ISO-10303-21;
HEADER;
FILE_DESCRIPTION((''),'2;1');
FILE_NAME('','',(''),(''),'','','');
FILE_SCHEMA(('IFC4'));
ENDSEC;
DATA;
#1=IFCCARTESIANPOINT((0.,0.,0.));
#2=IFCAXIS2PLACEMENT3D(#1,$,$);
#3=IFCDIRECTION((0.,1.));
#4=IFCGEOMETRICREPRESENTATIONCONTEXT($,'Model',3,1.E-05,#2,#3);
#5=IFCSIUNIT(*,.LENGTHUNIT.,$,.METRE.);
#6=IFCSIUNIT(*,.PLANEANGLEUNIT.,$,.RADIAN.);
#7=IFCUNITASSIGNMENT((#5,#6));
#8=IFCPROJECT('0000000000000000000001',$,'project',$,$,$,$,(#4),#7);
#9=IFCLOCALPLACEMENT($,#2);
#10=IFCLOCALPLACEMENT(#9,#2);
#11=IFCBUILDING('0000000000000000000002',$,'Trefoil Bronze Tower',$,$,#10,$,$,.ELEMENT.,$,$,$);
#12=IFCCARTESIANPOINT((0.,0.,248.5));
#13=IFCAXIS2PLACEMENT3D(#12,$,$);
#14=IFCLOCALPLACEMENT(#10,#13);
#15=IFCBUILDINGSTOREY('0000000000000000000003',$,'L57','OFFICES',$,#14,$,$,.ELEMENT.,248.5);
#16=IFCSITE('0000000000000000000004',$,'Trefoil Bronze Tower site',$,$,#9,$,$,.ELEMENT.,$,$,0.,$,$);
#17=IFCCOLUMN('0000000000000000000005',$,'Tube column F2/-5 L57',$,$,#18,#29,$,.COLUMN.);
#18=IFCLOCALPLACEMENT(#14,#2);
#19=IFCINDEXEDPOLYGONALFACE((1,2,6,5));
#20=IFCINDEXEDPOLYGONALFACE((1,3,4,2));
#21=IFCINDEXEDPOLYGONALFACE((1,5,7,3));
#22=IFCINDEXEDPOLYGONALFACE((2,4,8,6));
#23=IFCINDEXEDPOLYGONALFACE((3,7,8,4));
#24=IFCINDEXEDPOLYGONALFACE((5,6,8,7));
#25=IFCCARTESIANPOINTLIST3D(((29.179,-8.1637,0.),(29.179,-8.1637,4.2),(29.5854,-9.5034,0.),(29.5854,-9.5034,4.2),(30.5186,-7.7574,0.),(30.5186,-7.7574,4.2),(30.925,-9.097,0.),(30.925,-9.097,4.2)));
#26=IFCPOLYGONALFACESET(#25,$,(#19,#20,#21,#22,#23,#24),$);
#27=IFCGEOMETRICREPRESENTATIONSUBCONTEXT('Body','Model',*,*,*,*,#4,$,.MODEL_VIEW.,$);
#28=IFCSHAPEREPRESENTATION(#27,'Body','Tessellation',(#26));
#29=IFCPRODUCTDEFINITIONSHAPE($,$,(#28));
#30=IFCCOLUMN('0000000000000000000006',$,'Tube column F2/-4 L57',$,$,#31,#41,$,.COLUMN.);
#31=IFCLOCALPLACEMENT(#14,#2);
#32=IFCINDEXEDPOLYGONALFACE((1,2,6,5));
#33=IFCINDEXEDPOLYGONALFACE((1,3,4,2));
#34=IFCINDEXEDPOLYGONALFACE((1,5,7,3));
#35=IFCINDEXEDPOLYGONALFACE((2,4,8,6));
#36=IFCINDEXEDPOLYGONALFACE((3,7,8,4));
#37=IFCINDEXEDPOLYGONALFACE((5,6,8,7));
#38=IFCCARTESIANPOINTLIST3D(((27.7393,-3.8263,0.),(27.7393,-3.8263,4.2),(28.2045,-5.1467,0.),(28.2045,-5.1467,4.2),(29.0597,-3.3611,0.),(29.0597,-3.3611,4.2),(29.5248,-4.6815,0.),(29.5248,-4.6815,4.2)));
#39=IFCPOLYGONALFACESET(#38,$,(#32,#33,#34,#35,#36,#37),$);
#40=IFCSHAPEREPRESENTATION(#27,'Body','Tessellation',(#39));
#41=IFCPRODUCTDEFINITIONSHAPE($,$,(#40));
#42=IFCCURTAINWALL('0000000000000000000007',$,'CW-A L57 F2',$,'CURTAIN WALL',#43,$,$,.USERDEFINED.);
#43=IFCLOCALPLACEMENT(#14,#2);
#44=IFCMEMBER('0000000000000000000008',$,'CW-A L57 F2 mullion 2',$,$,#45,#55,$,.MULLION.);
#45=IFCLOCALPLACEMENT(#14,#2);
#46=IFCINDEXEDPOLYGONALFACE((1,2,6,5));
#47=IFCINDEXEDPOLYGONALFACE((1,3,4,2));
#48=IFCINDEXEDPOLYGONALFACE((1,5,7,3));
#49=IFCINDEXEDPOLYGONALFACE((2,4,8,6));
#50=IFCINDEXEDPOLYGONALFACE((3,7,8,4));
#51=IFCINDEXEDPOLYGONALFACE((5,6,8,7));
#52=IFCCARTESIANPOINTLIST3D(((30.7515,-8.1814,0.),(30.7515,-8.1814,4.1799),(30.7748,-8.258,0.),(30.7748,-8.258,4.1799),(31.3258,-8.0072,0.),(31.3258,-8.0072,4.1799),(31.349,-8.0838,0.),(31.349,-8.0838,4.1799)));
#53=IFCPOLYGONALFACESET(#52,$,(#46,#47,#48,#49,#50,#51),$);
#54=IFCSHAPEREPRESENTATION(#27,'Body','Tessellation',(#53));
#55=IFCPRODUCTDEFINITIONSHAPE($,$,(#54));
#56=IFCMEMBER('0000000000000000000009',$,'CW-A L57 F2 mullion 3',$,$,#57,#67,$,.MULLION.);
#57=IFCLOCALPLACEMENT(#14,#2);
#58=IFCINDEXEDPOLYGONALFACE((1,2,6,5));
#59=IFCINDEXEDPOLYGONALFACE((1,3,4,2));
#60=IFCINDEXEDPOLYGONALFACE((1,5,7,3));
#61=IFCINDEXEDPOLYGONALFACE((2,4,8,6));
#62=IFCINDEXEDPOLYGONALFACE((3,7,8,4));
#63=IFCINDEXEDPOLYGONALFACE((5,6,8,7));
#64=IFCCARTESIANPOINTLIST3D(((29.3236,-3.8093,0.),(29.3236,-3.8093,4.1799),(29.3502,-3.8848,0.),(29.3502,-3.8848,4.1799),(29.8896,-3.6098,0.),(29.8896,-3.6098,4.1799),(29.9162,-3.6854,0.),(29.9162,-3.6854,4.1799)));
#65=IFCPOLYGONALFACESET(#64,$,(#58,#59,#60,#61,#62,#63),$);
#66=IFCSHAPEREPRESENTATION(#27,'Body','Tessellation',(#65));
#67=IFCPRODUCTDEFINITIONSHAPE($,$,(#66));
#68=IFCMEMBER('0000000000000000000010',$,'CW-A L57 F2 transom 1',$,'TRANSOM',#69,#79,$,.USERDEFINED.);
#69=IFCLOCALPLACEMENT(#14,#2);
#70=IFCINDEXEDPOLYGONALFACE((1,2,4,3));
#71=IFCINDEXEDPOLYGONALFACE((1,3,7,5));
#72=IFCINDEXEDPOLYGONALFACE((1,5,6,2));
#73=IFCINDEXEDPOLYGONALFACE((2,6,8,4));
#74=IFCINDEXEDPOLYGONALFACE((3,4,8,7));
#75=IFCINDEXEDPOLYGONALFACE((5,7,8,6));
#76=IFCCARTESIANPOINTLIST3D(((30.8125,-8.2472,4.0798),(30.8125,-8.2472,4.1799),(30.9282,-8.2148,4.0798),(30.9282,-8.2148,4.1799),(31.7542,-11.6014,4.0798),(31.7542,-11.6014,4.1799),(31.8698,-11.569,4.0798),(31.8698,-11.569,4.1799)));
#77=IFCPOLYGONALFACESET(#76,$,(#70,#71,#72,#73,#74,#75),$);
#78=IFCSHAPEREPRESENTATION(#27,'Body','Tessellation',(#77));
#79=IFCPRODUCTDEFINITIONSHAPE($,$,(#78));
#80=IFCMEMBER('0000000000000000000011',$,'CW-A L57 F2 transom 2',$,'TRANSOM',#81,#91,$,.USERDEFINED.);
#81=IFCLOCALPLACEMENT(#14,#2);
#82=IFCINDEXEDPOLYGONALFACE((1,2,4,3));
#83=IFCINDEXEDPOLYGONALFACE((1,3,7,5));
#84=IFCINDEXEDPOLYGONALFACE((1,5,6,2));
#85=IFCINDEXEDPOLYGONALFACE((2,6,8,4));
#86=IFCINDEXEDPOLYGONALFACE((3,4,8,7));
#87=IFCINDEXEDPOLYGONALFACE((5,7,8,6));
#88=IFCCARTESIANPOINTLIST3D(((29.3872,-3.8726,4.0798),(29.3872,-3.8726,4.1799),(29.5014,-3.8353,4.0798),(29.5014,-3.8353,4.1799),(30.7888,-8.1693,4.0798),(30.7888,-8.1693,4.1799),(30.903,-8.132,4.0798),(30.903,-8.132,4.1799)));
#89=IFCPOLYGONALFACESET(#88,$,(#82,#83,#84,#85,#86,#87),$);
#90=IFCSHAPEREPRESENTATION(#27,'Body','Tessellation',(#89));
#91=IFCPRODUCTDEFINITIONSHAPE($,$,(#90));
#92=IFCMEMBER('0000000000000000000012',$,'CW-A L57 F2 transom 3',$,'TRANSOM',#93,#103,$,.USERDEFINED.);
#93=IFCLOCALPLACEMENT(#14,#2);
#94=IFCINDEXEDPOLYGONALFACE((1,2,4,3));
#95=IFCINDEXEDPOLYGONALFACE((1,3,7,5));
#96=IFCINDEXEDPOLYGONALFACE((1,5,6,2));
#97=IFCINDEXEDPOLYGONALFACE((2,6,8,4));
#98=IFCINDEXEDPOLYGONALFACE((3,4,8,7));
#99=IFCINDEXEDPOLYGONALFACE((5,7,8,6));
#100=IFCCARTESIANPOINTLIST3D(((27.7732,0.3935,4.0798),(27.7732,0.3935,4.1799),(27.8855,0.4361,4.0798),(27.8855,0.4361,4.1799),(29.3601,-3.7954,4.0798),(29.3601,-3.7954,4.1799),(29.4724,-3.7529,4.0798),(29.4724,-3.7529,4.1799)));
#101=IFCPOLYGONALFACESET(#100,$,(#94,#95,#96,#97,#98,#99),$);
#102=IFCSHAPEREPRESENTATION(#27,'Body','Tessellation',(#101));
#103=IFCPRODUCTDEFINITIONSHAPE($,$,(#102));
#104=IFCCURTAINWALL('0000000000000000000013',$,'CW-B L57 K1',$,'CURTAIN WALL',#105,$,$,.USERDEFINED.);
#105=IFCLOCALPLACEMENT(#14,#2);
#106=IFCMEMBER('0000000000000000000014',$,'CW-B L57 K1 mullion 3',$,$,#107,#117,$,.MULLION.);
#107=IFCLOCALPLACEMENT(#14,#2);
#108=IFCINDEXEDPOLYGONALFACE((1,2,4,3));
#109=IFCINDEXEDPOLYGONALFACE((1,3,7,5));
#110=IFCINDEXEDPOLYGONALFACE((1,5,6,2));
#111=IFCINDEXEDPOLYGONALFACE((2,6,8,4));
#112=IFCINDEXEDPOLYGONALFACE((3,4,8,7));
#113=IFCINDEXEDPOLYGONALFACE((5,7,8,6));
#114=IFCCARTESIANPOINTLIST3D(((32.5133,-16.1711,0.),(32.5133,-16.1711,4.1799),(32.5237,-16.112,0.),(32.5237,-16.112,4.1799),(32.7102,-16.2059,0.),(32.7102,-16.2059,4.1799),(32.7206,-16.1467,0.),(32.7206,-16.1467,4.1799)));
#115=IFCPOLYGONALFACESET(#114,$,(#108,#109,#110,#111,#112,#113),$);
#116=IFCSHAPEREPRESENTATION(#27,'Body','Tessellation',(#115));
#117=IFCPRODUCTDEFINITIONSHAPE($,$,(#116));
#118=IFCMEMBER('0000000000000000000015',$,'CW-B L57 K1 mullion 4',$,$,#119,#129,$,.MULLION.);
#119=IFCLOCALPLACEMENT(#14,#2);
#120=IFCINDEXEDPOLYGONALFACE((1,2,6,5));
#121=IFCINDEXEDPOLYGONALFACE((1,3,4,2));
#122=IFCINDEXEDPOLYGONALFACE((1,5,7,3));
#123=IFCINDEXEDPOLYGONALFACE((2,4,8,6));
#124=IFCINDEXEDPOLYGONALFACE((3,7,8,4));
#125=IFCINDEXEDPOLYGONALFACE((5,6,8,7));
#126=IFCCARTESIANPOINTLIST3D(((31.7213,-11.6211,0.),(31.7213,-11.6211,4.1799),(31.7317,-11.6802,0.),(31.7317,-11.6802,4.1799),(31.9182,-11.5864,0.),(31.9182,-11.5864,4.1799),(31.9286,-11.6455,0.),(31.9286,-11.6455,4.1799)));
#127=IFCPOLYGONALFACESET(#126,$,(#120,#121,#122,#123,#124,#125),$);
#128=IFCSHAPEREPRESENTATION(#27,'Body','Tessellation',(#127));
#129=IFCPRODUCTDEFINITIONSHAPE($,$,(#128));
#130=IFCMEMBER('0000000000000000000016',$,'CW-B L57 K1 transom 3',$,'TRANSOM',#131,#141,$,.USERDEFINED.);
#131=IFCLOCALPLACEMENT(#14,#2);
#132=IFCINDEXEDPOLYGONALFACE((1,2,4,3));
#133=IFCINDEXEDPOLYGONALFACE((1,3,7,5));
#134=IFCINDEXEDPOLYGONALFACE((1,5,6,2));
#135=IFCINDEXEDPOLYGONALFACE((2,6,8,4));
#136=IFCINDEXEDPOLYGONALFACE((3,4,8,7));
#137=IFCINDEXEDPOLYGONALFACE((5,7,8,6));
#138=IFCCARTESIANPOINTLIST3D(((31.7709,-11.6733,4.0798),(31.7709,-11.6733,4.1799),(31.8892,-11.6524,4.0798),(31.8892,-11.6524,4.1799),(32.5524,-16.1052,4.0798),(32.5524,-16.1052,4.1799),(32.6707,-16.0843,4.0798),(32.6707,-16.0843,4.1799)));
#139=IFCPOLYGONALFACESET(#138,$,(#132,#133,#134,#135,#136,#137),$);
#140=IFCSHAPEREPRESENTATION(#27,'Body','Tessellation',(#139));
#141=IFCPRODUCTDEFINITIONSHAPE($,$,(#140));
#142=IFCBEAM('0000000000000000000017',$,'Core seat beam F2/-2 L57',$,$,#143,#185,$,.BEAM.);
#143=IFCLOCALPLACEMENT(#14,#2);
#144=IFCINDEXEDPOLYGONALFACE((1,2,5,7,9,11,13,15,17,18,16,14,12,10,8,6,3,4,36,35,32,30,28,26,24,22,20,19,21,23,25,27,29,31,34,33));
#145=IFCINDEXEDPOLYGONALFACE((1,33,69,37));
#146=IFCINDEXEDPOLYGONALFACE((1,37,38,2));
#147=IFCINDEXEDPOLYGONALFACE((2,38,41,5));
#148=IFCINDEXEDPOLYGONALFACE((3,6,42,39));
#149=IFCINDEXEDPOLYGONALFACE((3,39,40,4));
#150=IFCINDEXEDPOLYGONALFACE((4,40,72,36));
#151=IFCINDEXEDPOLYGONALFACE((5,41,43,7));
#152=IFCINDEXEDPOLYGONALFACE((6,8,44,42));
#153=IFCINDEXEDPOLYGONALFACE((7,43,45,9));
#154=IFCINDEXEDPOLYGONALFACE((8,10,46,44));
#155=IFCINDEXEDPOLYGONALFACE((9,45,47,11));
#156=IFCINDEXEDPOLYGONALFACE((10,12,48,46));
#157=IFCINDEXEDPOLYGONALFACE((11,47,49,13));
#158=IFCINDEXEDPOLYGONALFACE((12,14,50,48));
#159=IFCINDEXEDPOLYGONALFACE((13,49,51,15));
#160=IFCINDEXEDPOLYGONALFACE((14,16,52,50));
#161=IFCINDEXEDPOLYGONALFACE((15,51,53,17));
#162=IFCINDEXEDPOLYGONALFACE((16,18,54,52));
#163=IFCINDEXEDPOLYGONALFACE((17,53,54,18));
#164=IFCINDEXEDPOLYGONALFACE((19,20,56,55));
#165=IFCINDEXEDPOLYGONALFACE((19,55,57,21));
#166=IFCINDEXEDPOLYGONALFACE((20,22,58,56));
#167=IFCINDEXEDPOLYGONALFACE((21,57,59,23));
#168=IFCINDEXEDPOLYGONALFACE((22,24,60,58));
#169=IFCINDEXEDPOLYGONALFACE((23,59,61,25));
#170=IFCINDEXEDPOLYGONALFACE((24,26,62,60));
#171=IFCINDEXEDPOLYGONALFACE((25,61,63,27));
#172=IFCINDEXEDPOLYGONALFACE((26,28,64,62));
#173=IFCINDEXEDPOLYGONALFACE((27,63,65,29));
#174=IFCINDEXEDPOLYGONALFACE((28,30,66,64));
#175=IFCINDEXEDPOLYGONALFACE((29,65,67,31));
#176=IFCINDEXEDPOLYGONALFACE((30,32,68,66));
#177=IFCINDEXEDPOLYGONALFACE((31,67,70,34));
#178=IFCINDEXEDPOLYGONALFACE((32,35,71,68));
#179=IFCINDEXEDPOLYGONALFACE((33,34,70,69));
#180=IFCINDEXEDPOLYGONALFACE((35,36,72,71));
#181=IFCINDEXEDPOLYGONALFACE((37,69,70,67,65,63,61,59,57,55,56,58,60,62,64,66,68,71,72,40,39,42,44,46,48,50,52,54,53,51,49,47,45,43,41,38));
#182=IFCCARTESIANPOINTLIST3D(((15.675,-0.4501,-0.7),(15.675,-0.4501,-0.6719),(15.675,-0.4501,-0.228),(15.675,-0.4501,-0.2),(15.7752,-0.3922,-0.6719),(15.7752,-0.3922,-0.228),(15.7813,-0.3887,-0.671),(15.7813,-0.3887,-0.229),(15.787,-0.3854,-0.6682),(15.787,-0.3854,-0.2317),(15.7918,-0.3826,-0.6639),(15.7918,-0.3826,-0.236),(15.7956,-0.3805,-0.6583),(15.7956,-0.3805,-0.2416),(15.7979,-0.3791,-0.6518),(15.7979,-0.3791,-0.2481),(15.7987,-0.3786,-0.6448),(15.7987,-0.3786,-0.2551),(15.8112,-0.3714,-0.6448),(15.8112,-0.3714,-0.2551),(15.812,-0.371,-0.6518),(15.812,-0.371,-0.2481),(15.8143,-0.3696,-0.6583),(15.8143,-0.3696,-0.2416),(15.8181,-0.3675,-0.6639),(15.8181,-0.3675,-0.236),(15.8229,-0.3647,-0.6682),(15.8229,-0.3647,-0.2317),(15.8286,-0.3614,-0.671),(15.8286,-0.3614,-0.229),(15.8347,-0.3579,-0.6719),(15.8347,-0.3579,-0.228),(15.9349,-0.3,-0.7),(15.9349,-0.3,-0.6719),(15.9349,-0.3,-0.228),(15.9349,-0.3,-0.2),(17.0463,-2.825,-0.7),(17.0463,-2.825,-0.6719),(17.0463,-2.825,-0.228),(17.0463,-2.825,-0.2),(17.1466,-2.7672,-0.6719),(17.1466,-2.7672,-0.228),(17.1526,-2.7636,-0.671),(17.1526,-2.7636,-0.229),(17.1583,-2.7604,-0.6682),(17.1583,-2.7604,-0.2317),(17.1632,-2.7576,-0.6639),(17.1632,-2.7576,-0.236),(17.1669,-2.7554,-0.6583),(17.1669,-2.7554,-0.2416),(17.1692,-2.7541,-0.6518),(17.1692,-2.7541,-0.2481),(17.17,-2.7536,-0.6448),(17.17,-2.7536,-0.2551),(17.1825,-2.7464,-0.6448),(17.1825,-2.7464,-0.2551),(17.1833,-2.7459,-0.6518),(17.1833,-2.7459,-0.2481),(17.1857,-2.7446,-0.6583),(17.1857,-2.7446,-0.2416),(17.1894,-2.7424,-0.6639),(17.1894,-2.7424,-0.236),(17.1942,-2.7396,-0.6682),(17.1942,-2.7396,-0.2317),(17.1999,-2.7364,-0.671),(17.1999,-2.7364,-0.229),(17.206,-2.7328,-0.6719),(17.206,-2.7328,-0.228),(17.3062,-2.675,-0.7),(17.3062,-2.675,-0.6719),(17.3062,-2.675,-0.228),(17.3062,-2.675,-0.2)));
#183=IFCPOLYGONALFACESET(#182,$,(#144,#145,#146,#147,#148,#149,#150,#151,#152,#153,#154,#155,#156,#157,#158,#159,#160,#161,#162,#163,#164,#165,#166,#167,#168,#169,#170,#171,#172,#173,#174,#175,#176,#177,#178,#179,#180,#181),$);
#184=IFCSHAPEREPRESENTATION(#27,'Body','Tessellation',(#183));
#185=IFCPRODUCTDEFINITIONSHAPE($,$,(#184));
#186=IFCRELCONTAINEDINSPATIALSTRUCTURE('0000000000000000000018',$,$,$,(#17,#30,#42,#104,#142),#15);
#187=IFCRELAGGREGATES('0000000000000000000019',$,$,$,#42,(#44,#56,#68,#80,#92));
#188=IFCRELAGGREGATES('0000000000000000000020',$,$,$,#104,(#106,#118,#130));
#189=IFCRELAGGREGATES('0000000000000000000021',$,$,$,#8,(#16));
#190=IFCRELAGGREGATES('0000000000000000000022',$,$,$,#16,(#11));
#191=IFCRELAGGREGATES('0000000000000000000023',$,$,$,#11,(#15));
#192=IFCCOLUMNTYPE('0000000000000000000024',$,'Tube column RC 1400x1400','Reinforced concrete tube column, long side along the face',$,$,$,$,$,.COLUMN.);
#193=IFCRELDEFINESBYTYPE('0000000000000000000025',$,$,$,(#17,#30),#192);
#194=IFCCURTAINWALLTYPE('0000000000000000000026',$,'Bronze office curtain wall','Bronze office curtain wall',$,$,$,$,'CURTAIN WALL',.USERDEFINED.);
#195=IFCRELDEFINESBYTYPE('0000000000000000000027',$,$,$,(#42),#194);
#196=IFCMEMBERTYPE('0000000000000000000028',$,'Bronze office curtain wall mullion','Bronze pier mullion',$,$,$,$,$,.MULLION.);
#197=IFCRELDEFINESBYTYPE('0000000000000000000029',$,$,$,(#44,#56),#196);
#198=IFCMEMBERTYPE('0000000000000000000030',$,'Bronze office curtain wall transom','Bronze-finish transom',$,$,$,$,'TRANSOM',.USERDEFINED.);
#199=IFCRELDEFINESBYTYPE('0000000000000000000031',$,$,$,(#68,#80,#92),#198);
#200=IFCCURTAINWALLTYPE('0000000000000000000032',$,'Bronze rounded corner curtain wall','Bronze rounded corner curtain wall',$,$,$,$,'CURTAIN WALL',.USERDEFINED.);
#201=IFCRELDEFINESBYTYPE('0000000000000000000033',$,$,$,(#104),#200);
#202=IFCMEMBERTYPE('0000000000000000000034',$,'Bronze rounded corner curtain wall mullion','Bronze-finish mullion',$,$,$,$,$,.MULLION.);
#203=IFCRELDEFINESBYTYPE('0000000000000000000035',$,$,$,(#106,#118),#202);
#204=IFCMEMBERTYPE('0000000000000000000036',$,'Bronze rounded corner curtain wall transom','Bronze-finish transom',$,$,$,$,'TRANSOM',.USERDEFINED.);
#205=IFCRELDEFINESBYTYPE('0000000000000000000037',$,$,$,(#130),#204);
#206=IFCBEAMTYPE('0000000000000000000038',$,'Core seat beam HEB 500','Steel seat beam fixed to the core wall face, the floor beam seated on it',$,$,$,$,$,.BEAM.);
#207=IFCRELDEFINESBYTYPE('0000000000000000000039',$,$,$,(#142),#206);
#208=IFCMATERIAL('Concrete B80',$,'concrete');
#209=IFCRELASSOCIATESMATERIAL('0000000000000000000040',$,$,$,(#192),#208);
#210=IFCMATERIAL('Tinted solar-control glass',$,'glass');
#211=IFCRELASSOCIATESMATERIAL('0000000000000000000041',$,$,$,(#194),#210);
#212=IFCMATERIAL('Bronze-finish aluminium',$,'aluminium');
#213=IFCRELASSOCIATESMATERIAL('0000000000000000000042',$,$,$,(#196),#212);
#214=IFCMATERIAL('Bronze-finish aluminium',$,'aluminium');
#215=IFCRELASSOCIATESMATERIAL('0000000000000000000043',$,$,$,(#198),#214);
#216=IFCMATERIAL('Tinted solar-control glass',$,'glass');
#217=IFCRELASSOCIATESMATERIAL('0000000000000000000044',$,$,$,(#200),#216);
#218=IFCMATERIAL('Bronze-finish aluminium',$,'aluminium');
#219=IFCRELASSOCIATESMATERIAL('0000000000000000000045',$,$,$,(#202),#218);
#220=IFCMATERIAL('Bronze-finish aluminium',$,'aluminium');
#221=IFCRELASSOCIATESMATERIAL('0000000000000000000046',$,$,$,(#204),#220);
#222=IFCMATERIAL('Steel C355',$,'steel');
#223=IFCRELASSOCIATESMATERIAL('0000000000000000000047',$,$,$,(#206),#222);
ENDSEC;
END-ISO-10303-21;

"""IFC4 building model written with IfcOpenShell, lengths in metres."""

from ifc_helpers import new_model, si_unit, direction, frame, origin, origin_2d, place, context, subcontext, project, spatial, rectangle, i_section, extrude, material, material_profile, profile_set, type_object, element, aggregate, save


model = new_model("IFC4")

# Units and contexts
model_context = context("Model", 3, precision=1e-05, world=origin(), true_north=direction((0.0, 1.0)))
body_context = subcontext(model_context, "Body", "Model", "MODEL_VIEW")
ifc_project = project(units=[si_unit("LENGTHUNIT", "METRE"), si_unit("PLANEANGLEUNIT", "RADIAN")], contexts=[model_context])

# Site, building, storey
site_placement = place(None, origin())
site = spatial("IfcSite", under=ifc_project, at=site_placement, Name="Trefoil Bronze Tower site", CompositionType="ELEMENT", RefElevation=0.0)
building_placement = place(site_placement, origin())
building = spatial("IfcBuilding", under=site, at=building_placement, Name="Trefoil Bronze Tower", CompositionType="ELEMENT")
storey_placement = place(building_placement, frame((0.0, 0.0, 248.5)))
storey = spatial("IfcBuildingStorey", under=building, at=storey_placement, Name="L57", Description="OFFICES", CompositionType="ELEMENT", Elevation=248.5)

# Columns
ifc_material_1 = material(Name="Concrete B80", Category="concrete")
ifc_material_profile_1 = material_profile(ifc_material_1, rectangle(XDim=1.3999, YDim=1.3999, at=origin_2d()), Name="RC 1400x1400")
ifc_profile_set_1 = profile_set([ifc_material_profile_1], Name="Concrete B80")
column_type = type_object("IfcColumnType", Name="Tube column RC 1400x1400", Description="Reinforced concrete tube column, long side along the face", PredefinedType="COLUMN", material=ifc_profile_set_1)
for number, where, z_axis, x_axis, name in (
    (1, (30.052, -8.6304, 0.0), (0.0, 0.0, 1.0), (-0.290278, 0.956942, 0.0), "Tube column F2/-5 L57"),
    (2, (28.6321, -4.2539, 0.0), (0.0, 0.0, 1.0), (-0.332282, 0.94318, 0.0), "Tube column F2/-4 L57"),
):
    element("IfcColumn", number, at=place(storey_placement, frame(where, z_axis=z_axis, x_axis=x_axis)), inside=storey, type_object=column_type, Name=name, PredefinedType="COLUMN", context=body_context, shape_type="SweptSolid", body=[
        extrude(rectangle(XDim=1.3999, YDim=1.3999, at=origin_2d()), origin(), (0.0, 0.0, 1.0), 4.2),
    ])

# Curtain walls, members
ifc_material_2 = material(Name="Tinted solar-control glass", Category="glass")
curtain_wall_type_1 = type_object("IfcCurtainWallType", Name="Bronze office curtain wall", Description="Bronze office curtain wall", ElementType="CURTAIN WALL", PredefinedType="USERDEFINED", material=ifc_material_2)
curtain_wall_1_placement = place(storey_placement, origin())
curtain_wall_1 = element("IfcCurtainWall", 3, at=curtain_wall_1_placement, inside=storey, type_object=curtain_wall_type_1, Name="CW-A L57 F2", ObjectType="CURTAIN WALL", PredefinedType="USERDEFINED")
ifc_material_3 = material(Name="Bronze-finish aluminium", Category="aluminium")
ifc_material_profile_2 = material_profile(ifc_material_3, rectangle(XDim=0.6001, YDim=0.0801, at=origin_2d()), Name="CW-A mullion")
ifc_profile_set_2 = profile_set([ifc_material_profile_2], Name="Bronze-finish aluminium")
member_type_1 = type_object("IfcMemberType", Name="Bronze office curtain wall mullion", Description="Bronze pier mullion", PredefinedType="MULLION", material=ifc_profile_set_2)
member_1_placement = place(storey_placement, frame((31.0503, -8.1326, 0.0), z_axis=(0.0, 0.0, 1.0), x_axis=(-0.956942, -0.290278, 0.0)))
member_1 = element("IfcMember", 4, at=member_1_placement, type_object=member_type_1, Name="CW-A L57 F2 mullion 2", PredefinedType="MULLION", context=body_context, shape_type="SweptSolid", body=[
    extrude(rectangle(XDim=0.6001, YDim=0.0801, at=origin_2d()), origin(), (0.0, 0.0, 1.0), 4.1799),
])
member_2_placement = place(storey_placement, frame((29.6199, -3.7473, 0.0), z_axis=(0.0, 0.0, 1.0), x_axis=(-0.94318, -0.332282, 0.0)))
member_2 = element("IfcMember", 5, at=member_2_placement, type_object=member_type_1, Name="CW-A L57 F2 mullion 3", PredefinedType="MULLION", context=body_context, shape_type="SweptSolid", body=[
    extrude(rectangle(XDim=0.6001, YDim=0.0801, at=origin_2d()), origin(), (0.0, 0.0, 1.0), 4.1799),
])
ifc_material_4 = material(Name="Bronze-finish aluminium", Category="aluminium")
ifc_material_profile_3 = material_profile(ifc_material_4, rectangle(XDim=0.1201, YDim=0.1001, at=origin_2d()), Name="CW-A transom")
ifc_profile_set_3 = profile_set([ifc_material_profile_3], Name="Bronze-finish aluminium")
member_type_2 = type_object("IfcMemberType", Name="Bronze office curtain wall transom", Description="Bronze-finish transom", ElementType="TRANSOM", PredefinedType="USERDEFINED", material=ifc_profile_set_3)
member_3_placement = place(storey_placement, frame((31.812, -11.5852, 4.1299), z_axis=(-0.270285, 0.96278, 0.0), x_axis=(-0.96278, -0.270285, 0.0)))
member_3 = element("IfcMember", 6, at=member_3_placement, type_object=member_type_2, Name="CW-A L57 F2 transom 1", ObjectType="TRANSOM", PredefinedType="USERDEFINED", context=body_context, shape_type="SweptSolid", body=[
    extrude(rectangle(XDim=0.1201, YDim=0.1001, at=origin_2d()), origin(), (0.0, 0.0, 1.0), 3.4839),
])
member_4_placement = place(storey_placement, frame((30.8459, -8.1506, 4.1299), z_axis=(-0.310128, 0.950695, 0.0), x_axis=(-0.950695, -0.310128, 0.0)))
member_4 = element("IfcMember", 7, at=member_4_placement, type_object=member_type_2, Name="CW-A L57 F2 transom 2", ObjectType="TRANSOM", PredefinedType="USERDEFINED", context=body_context, shape_type="SweptSolid", body=[
    extrude(rectangle(XDim=0.1201, YDim=0.1001, at=origin_2d()), origin(), (0.0, 0.0, 1.0), 4.5195),
])
member_5_placement = place(storey_placement, frame((29.4163, -3.7742, 4.1299), z_axis=(-0.354263, 0.935146, 0.0), x_axis=(-0.935146, -0.354263, 0.0)))
member_5 = element("IfcMember", 8, at=member_5_placement, type_object=member_type_2, Name="CW-A L57 F2 transom 3", ObjectType="TRANSOM", PredefinedType="USERDEFINED", context=body_context, shape_type="SweptSolid", body=[
    extrude(rectangle(XDim=0.1201, YDim=0.1001, at=origin_2d()), origin(), (0.0, 0.0, 1.0), 4.4795),
])
ifc_material_5 = material(Name="Tinted solar-control glass", Category="glass")
curtain_wall_type_2 = type_object("IfcCurtainWallType", Name="Bronze rounded corner curtain wall", Description="Bronze rounded corner curtain wall", ElementType="CURTAIN WALL", PredefinedType="USERDEFINED", material=ifc_material_5)
curtain_wall_2_placement = place(storey_placement, origin())
curtain_wall_2 = element("IfcCurtainWall", 9, at=curtain_wall_2_placement, inside=storey, type_object=curtain_wall_type_2, Name="CW-B L57 K1", ObjectType="CURTAIN WALL", PredefinedType="USERDEFINED")
ifc_material_6 = material(Name="Bronze-finish aluminium", Category="aluminium")
ifc_material_profile_4 = material_profile(ifc_material_6, rectangle(XDim=0.2, YDim=0.0601, at=origin_2d()), Name="CW-B mullion")
ifc_profile_set_4 = profile_set([ifc_material_profile_4], Name="Bronze-finish aluminium")
member_type_3 = type_object("IfcMemberType", Name="Bronze rounded corner curtain wall mullion", Description="Bronze-finish mullion", PredefinedType="MULLION", material=ifc_profile_set_4)
member_6_placement = place(storey_placement, frame((32.6169, -16.1589, 0.0), z_axis=(0.0, 0.0, 1.0), x_axis=(-0.984808, 0.173648, 0.0)))
member_6 = element("IfcMember", 10, at=member_6_placement, type_object=member_type_3, Name="CW-B L57 K1 mullion 3", PredefinedType="MULLION", context=body_context, shape_type="SweptSolid", body=[
    extrude(rectangle(XDim=0.2, YDim=0.0601, at=origin_2d()), origin(), (0.0, 0.0, 1.0), 4.1799),
])
member_7_placement = place(storey_placement, frame((31.825, -11.6333, 0.0), z_axis=(0.0, 0.0, 1.0), x_axis=(-0.984808, -0.173648, 0.0)))
member_7 = element("IfcMember", 11, at=member_7_placement, type_object=member_type_3, Name="CW-B L57 K1 mullion 4", PredefinedType="MULLION", context=body_context, shape_type="SweptSolid", body=[
    extrude(rectangle(XDim=0.2, YDim=0.0601, at=origin_2d()), origin(), (0.0, 0.0, 1.0), 4.1799),
])
ifc_material_7 = material(Name="Bronze-finish aluminium", Category="aluminium")
ifc_material_profile_5 = material_profile(ifc_material_7, rectangle(XDim=0.1201, YDim=0.1001, at=origin_2d()), Name="CW-B transom")
ifc_profile_set_5 = profile_set([ifc_material_profile_5], Name="Bronze-finish aluminium")
member_type_4 = type_object("IfcMemberType", Name="Bronze rounded corner curtain wall transom", Description="Bronze-finish transom", ElementType="TRANSOM", PredefinedType="USERDEFINED", material=ifc_profile_set_5)
member_8_placement = place(storey_placement, frame((32.6116, -16.0947, 4.1299), z_axis=(-0.173655, 0.984806, 0.0), x_axis=(-0.984806, -0.173655, 0.0)))
member_8 = element("IfcMember", 12, at=member_8_placement, type_object=member_type_4, Name="CW-B L57 K1 transom 3", ObjectType="TRANSOM", PredefinedType="USERDEFINED", context=body_context, shape_type="SweptSolid", body=[
    extrude(rectangle(XDim=0.1201, YDim=0.1001, at=origin_2d()), origin(), (0.0, 0.0, 1.0), 4.5002),
])

# Beam
ifc_material_8 = material(Name="Steel C355", Category="steel")
ifc_material_profile_6 = material_profile(ifc_material_8, i_section(OverallWidth=0.3, OverallDepth=0.5, WebThickness=0.0144, FlangeThickness=0.0281, FilletRadius=0.0271, at=origin_2d()), Name="HEB 500")
ifc_profile_set_6 = profile_set([ifc_material_profile_6], Name="Steel C355")
beam_type_1 = type_object("IfcBeamType", Name="Core seat beam HEB 500", Description="Steel seat beam fixed to the core wall face, the floor beam seated on it", PredefinedType="BEAM", material=ifc_profile_set_6)
beam_1_placement = place(storey_placement, frame((17.1763, -2.75, -0.45), z_axis=(-0.500036, 0.866005, 0.0), x_axis=(-0.866005, -0.500036, 0.0)))
element("IfcBeam", 13, at=beam_1_placement, inside=storey, type_object=beam_type_1, Name="Core seat beam F2/-2 L57", PredefinedType="BEAM", context=body_context, shape_type="SweptSolid", body=[
    extrude(i_section(OverallWidth=0.3, OverallDepth=0.5, WebThickness=0.0144, FlangeThickness=0.0281, FilletRadius=0.0271, at=origin_2d()), origin(), (0.0, 0.0, 1.0), 2.7424),
])

aggregate(curtain_wall_1, [member_1, member_2, member_3, member_4, member_5])
aggregate(curtain_wall_2, [member_6, member_7, member_8])

save(model, "model.ifc")
